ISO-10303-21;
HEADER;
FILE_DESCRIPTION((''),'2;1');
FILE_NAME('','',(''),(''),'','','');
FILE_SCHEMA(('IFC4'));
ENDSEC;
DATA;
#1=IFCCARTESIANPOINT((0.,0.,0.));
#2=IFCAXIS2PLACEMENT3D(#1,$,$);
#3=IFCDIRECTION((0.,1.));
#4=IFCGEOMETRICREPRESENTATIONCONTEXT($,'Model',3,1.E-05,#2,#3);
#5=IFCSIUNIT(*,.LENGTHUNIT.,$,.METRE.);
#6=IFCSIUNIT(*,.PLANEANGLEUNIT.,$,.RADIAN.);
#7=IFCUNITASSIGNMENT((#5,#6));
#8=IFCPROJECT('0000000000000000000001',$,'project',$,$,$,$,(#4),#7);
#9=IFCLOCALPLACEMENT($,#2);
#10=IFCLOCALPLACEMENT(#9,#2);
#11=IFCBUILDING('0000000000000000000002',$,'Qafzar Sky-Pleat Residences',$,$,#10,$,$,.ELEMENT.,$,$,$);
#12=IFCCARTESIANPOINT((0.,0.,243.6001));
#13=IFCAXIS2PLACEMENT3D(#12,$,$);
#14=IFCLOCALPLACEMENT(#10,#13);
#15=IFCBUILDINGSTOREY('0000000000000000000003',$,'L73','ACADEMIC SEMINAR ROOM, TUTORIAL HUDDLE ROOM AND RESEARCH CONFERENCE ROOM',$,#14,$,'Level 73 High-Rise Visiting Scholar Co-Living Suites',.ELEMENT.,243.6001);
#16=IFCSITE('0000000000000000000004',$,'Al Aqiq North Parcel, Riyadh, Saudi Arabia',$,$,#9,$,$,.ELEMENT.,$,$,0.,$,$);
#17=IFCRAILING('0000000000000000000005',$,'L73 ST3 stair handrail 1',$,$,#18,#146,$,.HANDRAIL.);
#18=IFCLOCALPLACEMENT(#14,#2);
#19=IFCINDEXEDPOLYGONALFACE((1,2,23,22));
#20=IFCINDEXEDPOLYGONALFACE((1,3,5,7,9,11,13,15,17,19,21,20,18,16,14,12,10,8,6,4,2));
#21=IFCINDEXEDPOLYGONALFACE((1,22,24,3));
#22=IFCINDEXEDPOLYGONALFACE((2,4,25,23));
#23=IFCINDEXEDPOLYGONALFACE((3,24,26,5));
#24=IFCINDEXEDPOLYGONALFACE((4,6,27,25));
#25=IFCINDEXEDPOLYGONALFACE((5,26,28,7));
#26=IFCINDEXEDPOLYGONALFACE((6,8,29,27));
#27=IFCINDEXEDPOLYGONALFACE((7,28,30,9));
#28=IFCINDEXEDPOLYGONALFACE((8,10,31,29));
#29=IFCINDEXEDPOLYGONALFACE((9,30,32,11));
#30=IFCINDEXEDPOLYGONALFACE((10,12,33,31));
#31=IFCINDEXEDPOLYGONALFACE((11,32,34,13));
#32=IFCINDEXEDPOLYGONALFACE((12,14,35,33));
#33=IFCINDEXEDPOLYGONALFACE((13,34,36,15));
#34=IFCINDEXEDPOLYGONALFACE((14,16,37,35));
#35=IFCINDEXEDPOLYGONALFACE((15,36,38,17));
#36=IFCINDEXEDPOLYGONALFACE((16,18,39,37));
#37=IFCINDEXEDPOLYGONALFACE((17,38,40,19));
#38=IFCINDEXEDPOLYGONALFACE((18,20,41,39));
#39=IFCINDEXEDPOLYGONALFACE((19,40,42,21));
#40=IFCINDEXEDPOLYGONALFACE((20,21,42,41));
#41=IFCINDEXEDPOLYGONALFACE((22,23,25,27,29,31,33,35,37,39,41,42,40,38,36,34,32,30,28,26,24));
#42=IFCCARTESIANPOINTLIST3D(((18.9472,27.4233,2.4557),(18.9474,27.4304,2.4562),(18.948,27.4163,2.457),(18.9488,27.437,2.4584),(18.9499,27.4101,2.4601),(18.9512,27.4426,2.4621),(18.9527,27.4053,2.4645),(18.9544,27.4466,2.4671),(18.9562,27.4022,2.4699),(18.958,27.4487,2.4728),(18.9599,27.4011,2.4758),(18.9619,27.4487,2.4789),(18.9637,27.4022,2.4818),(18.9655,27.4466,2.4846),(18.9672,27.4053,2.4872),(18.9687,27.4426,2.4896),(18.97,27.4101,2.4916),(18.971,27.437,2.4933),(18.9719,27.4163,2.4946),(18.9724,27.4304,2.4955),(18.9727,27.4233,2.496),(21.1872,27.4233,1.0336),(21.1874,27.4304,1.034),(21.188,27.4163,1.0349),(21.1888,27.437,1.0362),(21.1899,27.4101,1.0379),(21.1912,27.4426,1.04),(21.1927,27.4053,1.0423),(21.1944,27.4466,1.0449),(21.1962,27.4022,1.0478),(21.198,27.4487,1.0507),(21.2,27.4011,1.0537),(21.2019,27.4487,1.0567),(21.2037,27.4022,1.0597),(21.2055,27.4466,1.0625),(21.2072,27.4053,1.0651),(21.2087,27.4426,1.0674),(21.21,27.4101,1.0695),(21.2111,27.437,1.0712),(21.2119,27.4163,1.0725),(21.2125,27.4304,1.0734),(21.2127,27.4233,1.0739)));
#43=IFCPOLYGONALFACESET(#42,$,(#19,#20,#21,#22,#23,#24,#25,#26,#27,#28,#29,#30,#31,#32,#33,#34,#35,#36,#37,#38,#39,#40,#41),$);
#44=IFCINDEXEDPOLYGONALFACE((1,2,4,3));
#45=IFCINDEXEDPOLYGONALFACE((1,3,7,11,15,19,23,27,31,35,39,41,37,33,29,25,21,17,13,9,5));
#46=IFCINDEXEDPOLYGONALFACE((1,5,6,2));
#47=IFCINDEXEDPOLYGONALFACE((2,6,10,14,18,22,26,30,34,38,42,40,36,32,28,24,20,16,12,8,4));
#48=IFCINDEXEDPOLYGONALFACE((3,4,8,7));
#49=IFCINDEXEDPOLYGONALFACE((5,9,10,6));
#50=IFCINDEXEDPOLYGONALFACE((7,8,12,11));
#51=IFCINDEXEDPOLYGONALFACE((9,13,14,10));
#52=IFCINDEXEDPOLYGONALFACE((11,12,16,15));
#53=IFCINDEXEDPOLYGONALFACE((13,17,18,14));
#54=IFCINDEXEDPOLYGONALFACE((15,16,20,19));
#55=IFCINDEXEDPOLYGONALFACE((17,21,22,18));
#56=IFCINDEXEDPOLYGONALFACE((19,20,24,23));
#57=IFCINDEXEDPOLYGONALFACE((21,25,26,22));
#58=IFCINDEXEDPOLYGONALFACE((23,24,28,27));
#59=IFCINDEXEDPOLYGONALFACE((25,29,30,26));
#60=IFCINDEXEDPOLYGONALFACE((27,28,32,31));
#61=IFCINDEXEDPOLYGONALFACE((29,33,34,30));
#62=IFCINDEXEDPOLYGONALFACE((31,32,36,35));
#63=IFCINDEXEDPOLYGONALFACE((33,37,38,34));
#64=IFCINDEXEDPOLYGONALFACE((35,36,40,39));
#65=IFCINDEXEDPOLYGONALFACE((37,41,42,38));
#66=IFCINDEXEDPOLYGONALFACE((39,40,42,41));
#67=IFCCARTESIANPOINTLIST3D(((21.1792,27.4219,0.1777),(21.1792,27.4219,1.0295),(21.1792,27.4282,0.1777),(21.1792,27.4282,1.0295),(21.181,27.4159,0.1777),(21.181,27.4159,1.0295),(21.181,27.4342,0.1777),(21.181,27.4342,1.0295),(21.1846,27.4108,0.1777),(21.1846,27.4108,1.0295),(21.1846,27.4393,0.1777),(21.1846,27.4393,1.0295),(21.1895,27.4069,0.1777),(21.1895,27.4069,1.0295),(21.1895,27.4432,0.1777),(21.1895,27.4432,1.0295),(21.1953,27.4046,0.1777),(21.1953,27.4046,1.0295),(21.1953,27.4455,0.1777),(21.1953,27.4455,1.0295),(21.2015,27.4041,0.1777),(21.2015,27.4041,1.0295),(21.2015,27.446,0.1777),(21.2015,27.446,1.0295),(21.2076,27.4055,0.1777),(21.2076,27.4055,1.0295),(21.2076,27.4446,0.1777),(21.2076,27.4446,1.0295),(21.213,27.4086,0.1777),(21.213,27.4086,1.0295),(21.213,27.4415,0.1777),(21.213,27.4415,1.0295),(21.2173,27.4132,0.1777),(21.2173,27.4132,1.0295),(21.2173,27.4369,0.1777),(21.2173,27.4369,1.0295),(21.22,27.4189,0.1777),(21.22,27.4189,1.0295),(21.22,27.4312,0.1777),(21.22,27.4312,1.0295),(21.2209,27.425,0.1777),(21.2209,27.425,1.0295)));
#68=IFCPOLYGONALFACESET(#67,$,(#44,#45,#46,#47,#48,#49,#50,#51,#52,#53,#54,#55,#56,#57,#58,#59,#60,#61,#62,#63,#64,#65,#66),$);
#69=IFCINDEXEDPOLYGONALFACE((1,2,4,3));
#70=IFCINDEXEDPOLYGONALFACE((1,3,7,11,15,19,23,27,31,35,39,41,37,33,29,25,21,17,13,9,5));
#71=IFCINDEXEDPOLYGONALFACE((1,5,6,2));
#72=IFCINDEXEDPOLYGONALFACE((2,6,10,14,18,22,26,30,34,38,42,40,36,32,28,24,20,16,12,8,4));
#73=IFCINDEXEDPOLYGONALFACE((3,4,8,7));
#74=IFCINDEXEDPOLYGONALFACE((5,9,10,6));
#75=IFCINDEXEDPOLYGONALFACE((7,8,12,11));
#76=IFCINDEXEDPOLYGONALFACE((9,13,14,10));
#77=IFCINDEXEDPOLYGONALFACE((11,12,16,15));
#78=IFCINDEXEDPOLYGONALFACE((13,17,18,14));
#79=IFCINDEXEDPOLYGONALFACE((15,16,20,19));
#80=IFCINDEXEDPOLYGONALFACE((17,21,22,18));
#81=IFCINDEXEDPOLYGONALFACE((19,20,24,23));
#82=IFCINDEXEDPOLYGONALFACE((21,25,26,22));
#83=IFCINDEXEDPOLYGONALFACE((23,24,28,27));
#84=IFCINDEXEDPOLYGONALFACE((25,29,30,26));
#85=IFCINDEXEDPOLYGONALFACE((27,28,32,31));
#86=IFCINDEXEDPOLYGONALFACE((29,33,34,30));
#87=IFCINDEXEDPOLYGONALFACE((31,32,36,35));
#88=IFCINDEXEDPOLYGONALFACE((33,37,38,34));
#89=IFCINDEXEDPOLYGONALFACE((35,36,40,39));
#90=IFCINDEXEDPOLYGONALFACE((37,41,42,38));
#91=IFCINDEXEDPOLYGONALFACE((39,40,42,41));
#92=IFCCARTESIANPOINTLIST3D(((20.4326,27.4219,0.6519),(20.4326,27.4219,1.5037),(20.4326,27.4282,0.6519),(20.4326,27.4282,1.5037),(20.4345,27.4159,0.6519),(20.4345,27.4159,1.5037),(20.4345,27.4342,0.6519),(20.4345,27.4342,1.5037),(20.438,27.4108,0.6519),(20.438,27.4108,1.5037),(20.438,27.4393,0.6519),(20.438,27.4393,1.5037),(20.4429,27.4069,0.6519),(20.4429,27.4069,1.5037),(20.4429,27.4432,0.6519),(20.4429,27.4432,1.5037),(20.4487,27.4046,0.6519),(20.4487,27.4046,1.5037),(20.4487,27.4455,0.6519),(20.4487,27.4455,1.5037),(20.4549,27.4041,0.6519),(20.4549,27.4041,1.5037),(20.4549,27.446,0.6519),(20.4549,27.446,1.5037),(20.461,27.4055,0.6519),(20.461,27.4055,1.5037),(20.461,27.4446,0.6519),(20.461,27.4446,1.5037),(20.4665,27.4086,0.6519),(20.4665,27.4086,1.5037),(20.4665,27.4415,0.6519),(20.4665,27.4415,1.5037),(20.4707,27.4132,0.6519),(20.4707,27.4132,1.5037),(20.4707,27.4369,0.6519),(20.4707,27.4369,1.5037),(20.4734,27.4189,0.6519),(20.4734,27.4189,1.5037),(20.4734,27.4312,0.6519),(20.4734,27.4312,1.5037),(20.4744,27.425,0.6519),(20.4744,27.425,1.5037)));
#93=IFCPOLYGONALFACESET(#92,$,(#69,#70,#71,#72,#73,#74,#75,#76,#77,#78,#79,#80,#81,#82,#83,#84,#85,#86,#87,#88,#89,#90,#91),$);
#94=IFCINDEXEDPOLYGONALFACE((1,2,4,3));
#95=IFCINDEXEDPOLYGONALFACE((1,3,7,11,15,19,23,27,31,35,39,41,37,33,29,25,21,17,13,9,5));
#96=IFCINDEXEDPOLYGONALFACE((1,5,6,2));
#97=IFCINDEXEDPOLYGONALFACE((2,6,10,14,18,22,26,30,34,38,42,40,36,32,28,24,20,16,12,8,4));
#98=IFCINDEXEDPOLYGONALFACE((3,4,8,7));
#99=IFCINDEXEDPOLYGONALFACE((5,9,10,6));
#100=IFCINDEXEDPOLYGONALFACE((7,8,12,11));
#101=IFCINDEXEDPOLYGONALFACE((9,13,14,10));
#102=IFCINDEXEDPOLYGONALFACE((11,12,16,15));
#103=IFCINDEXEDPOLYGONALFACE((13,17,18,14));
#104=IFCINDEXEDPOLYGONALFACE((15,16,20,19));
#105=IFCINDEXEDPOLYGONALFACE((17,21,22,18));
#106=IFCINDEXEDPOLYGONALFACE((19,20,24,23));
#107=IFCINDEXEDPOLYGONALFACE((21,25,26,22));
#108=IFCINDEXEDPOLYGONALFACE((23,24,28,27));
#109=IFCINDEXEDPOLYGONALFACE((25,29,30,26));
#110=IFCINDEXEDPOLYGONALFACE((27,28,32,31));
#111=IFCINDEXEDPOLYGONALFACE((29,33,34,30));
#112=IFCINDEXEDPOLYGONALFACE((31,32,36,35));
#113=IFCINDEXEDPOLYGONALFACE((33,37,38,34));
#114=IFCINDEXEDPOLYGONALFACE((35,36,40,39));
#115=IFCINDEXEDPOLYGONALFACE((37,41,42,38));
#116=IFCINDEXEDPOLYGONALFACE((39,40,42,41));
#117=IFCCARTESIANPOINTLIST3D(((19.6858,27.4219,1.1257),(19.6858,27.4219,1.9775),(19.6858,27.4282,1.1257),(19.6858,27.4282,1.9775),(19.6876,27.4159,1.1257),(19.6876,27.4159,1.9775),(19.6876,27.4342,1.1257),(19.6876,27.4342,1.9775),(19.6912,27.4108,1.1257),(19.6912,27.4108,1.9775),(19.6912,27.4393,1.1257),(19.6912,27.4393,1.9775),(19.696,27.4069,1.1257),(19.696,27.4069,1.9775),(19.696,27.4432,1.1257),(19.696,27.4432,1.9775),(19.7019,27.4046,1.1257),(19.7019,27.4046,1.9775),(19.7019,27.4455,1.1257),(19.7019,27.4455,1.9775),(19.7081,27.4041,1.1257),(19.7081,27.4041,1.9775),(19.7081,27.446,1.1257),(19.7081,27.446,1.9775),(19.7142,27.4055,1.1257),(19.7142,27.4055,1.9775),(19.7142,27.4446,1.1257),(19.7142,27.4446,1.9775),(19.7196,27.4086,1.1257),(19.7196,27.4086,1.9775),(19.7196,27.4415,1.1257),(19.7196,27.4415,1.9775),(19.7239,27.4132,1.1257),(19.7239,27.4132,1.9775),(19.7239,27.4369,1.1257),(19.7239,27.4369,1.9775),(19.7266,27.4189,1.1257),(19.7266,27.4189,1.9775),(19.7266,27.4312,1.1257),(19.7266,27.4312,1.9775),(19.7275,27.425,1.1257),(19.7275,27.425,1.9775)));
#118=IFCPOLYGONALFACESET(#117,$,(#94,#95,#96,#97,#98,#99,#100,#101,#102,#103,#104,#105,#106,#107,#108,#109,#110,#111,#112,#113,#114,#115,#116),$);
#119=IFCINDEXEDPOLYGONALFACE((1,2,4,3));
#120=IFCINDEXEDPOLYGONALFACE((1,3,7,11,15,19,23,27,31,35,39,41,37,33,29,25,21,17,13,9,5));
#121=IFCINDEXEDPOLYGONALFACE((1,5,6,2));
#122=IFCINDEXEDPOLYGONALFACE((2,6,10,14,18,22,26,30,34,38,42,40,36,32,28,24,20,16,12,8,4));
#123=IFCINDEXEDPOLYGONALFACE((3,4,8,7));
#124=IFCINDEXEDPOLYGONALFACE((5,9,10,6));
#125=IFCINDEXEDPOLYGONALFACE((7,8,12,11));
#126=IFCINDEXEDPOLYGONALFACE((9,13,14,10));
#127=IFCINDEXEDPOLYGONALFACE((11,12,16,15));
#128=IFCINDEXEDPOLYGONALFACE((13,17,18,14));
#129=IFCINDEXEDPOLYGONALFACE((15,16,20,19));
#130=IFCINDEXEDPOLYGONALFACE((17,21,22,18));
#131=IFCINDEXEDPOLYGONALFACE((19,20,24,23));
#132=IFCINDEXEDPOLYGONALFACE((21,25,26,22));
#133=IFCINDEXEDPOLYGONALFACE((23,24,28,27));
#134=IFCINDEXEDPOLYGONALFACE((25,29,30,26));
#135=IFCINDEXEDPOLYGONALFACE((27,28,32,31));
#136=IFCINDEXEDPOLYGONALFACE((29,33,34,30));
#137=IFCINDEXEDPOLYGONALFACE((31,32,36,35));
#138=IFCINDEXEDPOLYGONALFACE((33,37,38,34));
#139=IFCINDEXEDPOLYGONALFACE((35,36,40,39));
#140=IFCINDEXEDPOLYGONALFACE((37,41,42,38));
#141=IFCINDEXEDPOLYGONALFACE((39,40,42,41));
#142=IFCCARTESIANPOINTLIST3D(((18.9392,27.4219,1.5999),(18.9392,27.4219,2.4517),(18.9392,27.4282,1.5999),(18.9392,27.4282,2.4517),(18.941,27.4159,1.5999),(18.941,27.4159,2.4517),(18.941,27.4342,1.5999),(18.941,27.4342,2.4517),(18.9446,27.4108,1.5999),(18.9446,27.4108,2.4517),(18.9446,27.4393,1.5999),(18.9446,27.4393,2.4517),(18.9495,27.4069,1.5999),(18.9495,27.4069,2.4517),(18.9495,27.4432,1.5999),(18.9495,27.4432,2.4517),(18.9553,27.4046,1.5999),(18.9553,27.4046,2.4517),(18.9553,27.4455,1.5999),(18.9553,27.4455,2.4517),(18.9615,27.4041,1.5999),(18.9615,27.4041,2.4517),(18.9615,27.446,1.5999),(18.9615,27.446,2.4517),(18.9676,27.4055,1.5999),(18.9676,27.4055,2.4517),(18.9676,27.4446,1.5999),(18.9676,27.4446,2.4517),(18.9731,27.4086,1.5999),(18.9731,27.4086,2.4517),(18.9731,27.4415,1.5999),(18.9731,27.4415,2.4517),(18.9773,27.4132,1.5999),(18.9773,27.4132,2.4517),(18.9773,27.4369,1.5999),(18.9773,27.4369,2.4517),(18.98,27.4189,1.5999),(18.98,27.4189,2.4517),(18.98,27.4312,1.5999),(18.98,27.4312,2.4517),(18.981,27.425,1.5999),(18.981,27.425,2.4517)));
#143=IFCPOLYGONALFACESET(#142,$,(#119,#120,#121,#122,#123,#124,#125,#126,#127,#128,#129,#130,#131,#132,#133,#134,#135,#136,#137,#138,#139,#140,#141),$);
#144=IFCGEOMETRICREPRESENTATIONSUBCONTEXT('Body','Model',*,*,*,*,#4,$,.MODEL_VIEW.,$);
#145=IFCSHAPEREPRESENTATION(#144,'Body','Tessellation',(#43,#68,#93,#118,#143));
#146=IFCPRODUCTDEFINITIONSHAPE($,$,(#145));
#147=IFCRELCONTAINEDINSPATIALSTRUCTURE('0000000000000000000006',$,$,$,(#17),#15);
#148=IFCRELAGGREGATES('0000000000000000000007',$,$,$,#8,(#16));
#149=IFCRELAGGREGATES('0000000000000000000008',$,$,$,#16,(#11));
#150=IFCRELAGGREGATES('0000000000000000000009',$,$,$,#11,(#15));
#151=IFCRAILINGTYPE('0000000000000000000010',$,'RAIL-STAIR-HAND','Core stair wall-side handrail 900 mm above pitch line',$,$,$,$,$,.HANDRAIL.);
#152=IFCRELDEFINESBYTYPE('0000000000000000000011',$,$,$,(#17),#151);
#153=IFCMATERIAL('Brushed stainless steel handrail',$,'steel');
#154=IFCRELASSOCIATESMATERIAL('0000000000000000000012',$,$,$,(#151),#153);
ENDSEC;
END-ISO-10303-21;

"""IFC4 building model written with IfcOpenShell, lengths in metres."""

from ifc_helpers import new_model, si_unit, direction, frame, origin, origin_2d, place, context, subcontext, project, spatial, circle, extrude, source, transform, mapped, material, type_object, element, save


model = new_model("IFC4")

# Units and contexts
model_context = context("Model", 3, precision=1e-05, world=origin(), true_north=direction((0.0, 1.0)))
body_context = subcontext(model_context, "Body", "Model", "MODEL_VIEW")
ifc_project = project(units=[si_unit("LENGTHUNIT", "METRE"), si_unit("PLANEANGLEUNIT", "RADIAN")], contexts=[model_context])

# Site, building, storey
site_placement = place(None, origin())
site = spatial("IfcSite", under=ifc_project, at=site_placement, Name="Al Aqiq North Parcel, Riyadh, Saudi Arabia", CompositionType="ELEMENT", RefElevation=0.0)
building_placement = place(site_placement, origin())
building = spatial("IfcBuilding", under=site, at=building_placement, Name="Qafzar Sky-Pleat Residences", CompositionType="ELEMENT")
storey_placement = place(building_placement, frame((0.0, 0.0, 243.6001)))
storey = spatial("IfcBuildingStorey", under=building, at=storey_placement, Name="L73", Description="ACADEMIC SEMINAR ROOM, TUTORIAL HUDDLE ROOM AND RESEARCH CONFERENCE ROOM", LongName="Level 73 High-Rise Visiting Scholar Co-Living Suites", CompositionType="ELEMENT", Elevation=243.6001)

# Railing
ifc_material_1 = material(Name="Brushed stainless steel handrail", Category="steel")
railing_type_1 = type_object("IfcRailingType", Name="RAIL-STAIR-HAND", Description="Core stair wall-side handrail 900 mm above pitch line", PredefinedType="HANDRAIL", material=ifc_material_1)
shared_shape_1 = source(origin(), body_context, "Body", "SweptSolid", [
    extrude(circle(Radius=0.0239, at=origin_2d()), frame((0.0, 0.0, 0.876), z_axis=(-0.844229, 0.0, 0.535982), x_axis=(0.0, -1.0, 0.0)), (0.0, 0.0, 1.0), 2.6533),
    extrude(circle(Radius=0.021, at=origin_2d()), origin(), (0.0, 0.0, 1.0), 0.8518),
    extrude(circle(Radius=0.021, at=origin_2d()), frame((-0.7466, 0.0, 0.4741)), (0.0, 0.0, 1.0), 0.8518),
    extrude(circle(Radius=0.021, at=origin_2d()), frame((-1.4934, 0.0, 0.948)), (0.0, 0.0, 1.0), 0.8518),
    extrude(circle(Radius=0.021, at=origin_2d()), frame((-2.24, 0.0, 1.4221)), (0.0, 0.0, 1.0), 0.8518),
])
railing_1_placement = place(storey_placement, frame((21.2, 27.425, 0.1777)))
element("IfcRailing", 1, at=railing_1_placement, inside=storey, type_object=railing_type_1, Name="L73 ST3 stair handrail 1", PredefinedType="HANDRAIL", context=body_context, shape_type="MappedRepresentation", body=[
    mapped(shared_shape_1, transform((0.0, 0.0, 0.0), x_axis=(1.0, 0.0, 0.0), y_axis=(0.0, 1.0, 0.0), z_axis=(0.0, 0.0, 1.0), scale=1.0)),
])

save(model, "model.ifc")
